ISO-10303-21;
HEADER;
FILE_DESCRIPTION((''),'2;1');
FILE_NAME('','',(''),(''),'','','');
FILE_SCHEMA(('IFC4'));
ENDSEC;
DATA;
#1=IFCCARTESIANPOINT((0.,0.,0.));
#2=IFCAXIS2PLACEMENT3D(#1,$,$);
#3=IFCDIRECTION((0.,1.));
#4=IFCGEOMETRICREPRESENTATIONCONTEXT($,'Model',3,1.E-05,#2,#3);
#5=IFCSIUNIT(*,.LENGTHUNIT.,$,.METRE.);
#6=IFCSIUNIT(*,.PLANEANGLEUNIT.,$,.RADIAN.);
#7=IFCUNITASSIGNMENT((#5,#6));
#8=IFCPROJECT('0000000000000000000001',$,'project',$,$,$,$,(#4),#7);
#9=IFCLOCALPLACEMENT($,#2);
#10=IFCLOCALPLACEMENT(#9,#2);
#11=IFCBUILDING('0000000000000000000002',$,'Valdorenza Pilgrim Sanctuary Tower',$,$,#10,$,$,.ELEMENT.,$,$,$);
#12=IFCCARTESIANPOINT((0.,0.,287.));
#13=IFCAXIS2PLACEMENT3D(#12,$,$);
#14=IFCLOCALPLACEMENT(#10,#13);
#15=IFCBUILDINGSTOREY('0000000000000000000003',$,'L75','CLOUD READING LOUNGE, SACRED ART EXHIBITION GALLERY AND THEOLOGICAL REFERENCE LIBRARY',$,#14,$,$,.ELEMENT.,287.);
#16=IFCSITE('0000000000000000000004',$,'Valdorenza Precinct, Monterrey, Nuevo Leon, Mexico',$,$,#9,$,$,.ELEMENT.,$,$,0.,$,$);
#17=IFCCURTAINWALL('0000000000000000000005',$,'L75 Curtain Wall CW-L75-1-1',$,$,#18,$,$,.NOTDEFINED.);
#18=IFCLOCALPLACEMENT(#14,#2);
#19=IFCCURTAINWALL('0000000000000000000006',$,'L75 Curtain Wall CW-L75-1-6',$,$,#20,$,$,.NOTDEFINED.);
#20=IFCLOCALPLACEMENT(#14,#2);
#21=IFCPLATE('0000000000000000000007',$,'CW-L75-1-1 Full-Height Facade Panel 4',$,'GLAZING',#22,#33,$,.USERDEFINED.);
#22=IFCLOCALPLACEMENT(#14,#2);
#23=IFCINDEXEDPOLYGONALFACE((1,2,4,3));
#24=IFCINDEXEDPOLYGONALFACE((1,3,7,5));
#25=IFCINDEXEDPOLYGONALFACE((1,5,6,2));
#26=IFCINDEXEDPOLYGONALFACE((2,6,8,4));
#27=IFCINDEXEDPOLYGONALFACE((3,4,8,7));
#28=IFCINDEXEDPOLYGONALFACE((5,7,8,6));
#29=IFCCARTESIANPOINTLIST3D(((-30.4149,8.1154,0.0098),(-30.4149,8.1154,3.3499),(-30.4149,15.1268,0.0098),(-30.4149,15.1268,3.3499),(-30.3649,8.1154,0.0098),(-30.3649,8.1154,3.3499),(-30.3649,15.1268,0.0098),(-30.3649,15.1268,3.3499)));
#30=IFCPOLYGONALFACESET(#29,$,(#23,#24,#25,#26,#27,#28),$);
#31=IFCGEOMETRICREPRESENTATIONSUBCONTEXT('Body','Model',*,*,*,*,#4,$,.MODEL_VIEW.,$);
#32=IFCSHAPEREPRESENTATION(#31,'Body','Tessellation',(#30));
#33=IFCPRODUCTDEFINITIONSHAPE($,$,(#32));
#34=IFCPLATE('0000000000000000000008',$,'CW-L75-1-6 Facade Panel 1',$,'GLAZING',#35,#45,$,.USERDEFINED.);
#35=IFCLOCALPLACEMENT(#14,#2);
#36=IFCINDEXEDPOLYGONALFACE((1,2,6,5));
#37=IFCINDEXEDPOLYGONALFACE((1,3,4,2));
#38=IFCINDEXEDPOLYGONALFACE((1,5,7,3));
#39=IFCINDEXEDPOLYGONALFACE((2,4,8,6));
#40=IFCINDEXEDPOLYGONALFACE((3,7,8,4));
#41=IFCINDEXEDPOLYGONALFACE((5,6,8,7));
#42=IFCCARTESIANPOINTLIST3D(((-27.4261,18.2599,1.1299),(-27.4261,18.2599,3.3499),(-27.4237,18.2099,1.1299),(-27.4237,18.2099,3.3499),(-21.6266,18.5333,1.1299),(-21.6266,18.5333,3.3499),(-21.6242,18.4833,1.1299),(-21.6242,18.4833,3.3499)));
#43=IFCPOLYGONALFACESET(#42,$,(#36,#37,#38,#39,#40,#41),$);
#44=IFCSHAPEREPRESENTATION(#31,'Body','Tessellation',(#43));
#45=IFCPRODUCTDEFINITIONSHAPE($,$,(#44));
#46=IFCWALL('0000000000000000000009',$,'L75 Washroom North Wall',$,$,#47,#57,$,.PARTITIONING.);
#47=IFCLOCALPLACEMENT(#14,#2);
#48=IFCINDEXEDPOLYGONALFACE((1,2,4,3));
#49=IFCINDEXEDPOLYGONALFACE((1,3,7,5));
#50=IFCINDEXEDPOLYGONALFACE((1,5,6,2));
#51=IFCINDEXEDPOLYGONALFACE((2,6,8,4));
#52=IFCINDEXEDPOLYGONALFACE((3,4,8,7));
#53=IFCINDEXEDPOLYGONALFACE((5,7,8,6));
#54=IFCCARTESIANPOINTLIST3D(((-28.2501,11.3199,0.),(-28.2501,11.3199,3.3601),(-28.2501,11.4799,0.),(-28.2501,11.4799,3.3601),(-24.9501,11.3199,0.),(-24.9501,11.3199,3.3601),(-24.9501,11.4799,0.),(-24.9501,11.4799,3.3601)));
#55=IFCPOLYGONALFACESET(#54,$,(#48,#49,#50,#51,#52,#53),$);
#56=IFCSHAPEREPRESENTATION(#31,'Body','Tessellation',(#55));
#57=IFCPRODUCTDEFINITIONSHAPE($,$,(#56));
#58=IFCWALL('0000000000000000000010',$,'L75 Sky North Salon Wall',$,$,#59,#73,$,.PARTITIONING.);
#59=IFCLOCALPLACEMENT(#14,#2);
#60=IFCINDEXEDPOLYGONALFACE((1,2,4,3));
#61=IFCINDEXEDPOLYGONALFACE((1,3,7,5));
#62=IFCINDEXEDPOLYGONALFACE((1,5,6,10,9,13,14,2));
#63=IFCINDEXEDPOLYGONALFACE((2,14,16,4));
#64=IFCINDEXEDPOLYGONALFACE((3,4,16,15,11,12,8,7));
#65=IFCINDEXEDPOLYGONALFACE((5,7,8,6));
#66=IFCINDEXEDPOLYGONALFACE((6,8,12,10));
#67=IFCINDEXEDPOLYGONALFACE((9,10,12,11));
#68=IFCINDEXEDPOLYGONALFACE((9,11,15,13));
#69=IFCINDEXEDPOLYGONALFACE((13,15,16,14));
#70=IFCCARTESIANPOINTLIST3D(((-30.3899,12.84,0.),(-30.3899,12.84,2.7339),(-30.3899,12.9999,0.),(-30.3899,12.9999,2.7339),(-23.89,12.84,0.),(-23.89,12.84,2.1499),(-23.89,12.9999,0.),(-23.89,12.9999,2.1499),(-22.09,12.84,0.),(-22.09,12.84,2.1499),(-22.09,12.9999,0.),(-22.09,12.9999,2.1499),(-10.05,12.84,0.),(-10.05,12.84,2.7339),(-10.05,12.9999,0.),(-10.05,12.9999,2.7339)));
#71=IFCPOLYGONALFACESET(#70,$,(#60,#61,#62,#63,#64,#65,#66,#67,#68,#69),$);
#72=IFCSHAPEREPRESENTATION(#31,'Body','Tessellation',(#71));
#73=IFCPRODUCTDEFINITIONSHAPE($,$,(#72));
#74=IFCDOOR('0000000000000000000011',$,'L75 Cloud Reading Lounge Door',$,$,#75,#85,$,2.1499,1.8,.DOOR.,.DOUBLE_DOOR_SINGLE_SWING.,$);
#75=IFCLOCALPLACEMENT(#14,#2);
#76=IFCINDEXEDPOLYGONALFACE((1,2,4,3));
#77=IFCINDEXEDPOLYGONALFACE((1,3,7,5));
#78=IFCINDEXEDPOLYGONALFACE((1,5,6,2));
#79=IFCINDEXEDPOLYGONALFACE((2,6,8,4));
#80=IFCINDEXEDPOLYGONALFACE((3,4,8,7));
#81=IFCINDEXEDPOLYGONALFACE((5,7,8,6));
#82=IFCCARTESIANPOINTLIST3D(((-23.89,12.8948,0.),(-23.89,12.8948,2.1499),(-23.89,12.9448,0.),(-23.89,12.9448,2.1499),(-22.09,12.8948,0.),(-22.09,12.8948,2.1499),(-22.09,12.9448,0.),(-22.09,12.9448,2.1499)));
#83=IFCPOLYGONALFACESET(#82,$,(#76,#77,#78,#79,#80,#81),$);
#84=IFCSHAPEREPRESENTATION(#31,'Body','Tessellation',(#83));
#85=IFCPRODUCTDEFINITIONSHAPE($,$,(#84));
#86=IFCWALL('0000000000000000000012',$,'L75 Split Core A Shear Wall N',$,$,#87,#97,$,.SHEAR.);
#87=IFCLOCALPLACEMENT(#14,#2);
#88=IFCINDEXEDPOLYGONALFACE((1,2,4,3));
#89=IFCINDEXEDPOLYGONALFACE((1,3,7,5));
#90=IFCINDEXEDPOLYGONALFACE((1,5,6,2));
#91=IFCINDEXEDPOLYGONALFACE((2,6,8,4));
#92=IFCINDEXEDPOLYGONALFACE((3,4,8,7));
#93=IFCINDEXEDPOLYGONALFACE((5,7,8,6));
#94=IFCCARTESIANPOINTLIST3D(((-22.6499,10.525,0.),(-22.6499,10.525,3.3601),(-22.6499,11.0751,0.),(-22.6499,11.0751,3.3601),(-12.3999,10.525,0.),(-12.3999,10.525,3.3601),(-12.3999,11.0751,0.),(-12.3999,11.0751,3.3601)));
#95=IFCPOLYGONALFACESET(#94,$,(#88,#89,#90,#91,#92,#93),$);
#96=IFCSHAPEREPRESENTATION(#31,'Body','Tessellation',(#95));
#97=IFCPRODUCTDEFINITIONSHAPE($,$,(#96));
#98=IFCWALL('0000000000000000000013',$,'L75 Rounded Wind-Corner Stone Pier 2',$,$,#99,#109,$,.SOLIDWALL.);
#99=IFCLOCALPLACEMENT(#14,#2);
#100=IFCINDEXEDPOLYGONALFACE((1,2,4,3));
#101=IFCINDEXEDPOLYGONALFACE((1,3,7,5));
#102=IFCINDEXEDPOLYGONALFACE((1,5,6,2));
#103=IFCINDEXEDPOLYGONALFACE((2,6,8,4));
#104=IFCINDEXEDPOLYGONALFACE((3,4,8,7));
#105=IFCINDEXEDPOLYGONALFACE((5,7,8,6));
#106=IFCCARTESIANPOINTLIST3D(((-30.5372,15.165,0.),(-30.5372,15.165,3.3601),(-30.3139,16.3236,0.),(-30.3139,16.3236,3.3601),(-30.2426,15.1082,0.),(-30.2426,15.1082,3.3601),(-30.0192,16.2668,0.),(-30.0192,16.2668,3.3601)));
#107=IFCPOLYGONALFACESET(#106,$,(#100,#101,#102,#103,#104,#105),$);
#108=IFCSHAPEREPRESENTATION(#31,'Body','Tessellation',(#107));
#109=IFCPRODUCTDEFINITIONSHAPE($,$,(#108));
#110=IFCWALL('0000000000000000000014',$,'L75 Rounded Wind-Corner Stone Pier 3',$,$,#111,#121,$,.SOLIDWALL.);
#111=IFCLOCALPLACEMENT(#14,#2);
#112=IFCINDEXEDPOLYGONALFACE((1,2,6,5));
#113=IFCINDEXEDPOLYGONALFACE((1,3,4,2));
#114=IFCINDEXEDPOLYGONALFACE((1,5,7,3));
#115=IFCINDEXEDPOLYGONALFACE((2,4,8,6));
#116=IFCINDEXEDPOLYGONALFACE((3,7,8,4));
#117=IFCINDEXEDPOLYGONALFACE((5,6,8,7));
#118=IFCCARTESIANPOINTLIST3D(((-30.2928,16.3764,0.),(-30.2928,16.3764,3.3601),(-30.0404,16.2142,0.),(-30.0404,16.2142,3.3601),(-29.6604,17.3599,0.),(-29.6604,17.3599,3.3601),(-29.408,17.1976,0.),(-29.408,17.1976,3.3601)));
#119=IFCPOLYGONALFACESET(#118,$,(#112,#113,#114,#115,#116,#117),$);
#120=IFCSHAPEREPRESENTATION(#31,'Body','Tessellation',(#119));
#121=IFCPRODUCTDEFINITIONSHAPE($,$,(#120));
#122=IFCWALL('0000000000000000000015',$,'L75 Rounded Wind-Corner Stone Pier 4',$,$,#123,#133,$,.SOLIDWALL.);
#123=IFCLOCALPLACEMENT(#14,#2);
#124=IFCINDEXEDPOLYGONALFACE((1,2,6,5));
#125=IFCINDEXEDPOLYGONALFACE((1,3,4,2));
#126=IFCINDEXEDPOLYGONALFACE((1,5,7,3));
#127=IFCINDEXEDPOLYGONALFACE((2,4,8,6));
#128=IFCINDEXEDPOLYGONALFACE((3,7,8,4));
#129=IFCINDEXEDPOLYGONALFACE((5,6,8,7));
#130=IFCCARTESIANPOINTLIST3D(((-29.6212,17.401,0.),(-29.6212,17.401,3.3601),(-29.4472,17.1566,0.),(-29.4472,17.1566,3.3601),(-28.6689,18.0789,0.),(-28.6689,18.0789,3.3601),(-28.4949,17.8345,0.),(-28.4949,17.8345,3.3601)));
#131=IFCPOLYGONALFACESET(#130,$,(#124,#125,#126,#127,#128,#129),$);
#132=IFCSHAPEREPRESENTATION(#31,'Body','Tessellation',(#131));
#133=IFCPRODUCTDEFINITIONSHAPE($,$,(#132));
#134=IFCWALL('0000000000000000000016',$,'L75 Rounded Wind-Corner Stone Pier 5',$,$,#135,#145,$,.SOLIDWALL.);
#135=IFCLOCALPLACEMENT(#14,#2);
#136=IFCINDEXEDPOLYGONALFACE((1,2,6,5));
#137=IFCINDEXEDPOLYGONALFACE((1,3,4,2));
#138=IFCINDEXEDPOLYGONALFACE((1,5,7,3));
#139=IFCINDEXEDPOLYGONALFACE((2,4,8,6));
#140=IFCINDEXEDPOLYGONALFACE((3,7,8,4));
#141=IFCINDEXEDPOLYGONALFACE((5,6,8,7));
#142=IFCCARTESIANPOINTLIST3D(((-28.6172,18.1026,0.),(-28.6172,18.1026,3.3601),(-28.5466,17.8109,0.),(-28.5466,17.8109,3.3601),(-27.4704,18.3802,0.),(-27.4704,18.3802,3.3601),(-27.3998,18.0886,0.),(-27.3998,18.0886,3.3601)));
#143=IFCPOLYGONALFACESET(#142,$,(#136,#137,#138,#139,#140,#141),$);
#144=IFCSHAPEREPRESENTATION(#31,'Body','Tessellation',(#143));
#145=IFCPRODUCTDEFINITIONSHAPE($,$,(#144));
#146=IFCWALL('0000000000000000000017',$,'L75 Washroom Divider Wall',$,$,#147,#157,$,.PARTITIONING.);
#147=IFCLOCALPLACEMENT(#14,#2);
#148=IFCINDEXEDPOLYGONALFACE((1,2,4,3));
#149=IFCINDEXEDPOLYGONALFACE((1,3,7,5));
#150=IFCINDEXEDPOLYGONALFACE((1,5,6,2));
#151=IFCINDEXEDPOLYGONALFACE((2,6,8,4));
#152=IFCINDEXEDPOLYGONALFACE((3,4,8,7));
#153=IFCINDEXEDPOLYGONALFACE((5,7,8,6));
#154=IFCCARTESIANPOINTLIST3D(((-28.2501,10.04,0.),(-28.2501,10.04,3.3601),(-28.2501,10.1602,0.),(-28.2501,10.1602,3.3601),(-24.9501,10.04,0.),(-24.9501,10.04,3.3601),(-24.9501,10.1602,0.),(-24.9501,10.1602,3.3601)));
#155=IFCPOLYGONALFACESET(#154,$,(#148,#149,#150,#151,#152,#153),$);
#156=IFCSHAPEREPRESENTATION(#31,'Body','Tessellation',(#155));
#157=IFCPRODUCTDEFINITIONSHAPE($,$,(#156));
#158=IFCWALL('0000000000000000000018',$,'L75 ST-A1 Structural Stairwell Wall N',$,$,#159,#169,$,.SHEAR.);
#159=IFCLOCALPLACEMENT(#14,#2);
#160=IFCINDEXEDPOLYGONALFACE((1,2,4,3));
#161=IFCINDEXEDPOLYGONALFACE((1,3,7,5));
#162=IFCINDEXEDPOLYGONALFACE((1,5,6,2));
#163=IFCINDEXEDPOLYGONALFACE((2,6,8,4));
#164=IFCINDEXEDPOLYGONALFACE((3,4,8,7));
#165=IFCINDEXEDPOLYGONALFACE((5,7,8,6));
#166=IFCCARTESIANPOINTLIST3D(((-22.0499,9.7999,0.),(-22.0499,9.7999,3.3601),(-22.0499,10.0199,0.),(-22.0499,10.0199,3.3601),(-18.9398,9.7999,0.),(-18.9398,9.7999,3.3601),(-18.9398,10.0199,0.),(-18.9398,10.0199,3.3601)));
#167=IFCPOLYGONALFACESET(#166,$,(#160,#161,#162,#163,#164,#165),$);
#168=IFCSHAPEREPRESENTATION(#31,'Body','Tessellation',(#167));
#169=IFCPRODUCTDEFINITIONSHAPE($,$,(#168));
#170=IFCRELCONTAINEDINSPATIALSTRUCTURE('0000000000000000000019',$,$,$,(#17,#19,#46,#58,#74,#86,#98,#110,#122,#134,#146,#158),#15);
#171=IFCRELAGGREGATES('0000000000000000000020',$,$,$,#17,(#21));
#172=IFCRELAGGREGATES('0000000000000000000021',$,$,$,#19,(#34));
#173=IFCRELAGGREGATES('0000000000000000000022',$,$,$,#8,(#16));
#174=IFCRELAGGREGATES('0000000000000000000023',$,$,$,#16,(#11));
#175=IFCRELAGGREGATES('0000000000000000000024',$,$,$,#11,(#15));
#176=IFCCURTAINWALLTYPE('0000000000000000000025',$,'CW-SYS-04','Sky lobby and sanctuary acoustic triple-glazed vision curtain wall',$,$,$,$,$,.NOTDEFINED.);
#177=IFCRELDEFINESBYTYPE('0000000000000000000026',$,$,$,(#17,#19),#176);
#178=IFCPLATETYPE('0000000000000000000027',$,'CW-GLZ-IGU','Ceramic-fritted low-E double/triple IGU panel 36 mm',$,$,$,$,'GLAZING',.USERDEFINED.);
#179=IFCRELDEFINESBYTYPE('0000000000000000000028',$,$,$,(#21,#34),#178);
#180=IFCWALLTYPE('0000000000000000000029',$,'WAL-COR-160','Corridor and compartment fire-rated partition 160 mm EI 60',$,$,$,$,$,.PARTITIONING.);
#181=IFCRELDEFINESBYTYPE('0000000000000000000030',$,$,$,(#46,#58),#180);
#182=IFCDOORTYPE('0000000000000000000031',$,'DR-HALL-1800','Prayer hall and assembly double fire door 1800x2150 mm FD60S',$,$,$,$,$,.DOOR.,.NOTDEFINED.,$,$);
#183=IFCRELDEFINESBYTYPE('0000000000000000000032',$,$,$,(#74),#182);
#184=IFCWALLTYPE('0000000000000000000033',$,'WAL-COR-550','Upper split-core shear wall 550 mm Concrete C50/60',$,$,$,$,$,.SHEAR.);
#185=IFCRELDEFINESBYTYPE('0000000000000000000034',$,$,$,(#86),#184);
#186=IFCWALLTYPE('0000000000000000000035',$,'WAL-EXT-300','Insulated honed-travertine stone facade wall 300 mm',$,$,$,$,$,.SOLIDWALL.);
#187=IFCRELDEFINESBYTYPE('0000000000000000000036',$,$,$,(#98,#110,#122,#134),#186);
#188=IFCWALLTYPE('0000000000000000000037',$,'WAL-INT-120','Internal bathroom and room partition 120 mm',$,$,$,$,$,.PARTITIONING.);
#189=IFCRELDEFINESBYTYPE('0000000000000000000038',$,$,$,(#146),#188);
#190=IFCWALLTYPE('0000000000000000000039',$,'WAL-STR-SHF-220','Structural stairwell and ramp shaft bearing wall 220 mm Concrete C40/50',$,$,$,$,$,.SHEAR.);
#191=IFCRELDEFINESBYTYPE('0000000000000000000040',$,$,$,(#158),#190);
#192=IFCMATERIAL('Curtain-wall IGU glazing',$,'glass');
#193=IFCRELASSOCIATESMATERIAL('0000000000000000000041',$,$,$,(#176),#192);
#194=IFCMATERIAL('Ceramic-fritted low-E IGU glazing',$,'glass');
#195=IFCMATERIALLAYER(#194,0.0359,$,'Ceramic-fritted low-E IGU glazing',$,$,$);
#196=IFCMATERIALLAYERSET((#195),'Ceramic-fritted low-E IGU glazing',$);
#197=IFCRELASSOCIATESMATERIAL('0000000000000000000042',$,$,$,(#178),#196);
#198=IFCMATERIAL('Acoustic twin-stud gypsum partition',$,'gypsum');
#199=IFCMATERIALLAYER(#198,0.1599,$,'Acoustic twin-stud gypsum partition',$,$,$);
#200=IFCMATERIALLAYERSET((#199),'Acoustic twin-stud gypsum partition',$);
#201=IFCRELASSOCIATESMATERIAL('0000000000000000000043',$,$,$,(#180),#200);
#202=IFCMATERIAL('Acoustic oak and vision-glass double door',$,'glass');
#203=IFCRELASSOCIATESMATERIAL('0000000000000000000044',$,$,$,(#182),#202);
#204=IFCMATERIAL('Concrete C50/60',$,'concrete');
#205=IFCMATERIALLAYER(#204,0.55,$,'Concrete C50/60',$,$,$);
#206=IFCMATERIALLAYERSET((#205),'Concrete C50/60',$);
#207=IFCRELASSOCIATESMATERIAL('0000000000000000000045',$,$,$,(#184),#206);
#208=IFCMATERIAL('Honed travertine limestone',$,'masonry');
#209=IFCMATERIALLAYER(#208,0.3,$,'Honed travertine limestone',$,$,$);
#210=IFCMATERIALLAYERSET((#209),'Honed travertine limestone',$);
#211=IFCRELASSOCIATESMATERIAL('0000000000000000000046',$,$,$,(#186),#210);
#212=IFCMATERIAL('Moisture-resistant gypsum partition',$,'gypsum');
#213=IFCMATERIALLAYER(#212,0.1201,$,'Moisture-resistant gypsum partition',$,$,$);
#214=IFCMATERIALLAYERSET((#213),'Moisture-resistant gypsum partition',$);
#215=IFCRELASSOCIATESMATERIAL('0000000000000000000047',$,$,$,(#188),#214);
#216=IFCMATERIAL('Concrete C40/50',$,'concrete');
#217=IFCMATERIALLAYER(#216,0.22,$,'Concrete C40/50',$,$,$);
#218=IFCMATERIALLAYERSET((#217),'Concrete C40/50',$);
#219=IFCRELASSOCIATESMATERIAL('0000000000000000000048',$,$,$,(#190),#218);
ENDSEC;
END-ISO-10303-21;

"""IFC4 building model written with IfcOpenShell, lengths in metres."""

from ifc_helpers import new_model, si_unit, direction, frame, frame_2d, origin, origin_2d, place, context, subcontext, project, spatial, rectangle, extrude, source, transform, mapped, material, layer, layer_set, type_object, element, fill, aggregate, save


model = new_model("IFC4")

# Units and contexts
model_context = context("Model", 3, precision=1e-05, world=origin(), true_north=direction((0.0, 1.0)))
body_context = subcontext(model_context, "Body", "Model", "MODEL_VIEW")
ifc_project = project(units=[si_unit("LENGTHUNIT", "METRE"), si_unit("PLANEANGLEUNIT", "RADIAN")], contexts=[model_context])

# Site, building, storey
site_placement = place(None, origin())
site = spatial("IfcSite", under=ifc_project, at=site_placement, Name="Valdorenza Precinct, Monterrey, Nuevo Leon, Mexico", CompositionType="ELEMENT", RefElevation=0.0)
building_placement = place(site_placement, origin())
building = spatial("IfcBuilding", under=site, at=building_placement, Name="Valdorenza Pilgrim Sanctuary Tower", CompositionType="ELEMENT")
storey_placement = place(building_placement, frame((0.0, 0.0, 287.0)))
storey = spatial("IfcBuildingStorey", under=building, at=storey_placement, Name="L75", Description="CLOUD READING LOUNGE, SACRED ART EXHIBITION GALLERY AND THEOLOGICAL REFERENCE LIBRARY", CompositionType="ELEMENT", Elevation=287.0)

# Shared definitions
ifc_material_1 = material(Name="Concrete C50/60", Category="concrete")

# Curtain wall
ifc_material_2 = material(Name="Curtain-wall IGU glazing", Category="glass")
curtain_wall_type = type_object("IfcCurtainWallType", Name="CW-SYS-04", Description="Sky lobby and sanctuary acoustic triple-glazed vision curtain wall", PredefinedType="NOTDEFINED", material=ifc_material_2)
curtain_wall_1_placement = place(storey_placement, origin())
curtain_wall_1 = element("IfcCurtainWall", 1, at=curtain_wall_1_placement, inside=storey, type_object=curtain_wall_type, Name="L75 Curtain Wall CW-L75-1-1", PredefinedType="NOTDEFINED")

# Curtain wall
curtain_wall_2_placement = place(storey_placement, origin())
curtain_wall_2 = element("IfcCurtainWall", 2, at=curtain_wall_2_placement, inside=storey, type_object=curtain_wall_type, Name="L75 Curtain Wall CW-L75-1-6", PredefinedType="NOTDEFINED")
ifc_material_3 = material(Name="Honed travertine limestone", Category="masonry")

# Plates
ifc_material_4 = material(Name="Ceramic-fritted low-E IGU glazing", Category="glass")
ifc_layer_1 = layer(ifc_material_4, 0.0359, Name="Ceramic-fritted low-E IGU glazing")
ifc_layer_set_1 = layer_set([ifc_layer_1], Name="Ceramic-fritted low-E IGU glazing")
plate_type_1 = type_object("IfcPlateType", Name="CW-GLZ-IGU", Description="Ceramic-fritted low-E double/triple IGU panel 36 mm", ElementType="GLAZING", PredefinedType="USERDEFINED", material=ifc_layer_set_1)
shared_shape_1 = source(origin(), body_context, "Body", "SweptSolid", [
    extrude(rectangle(XDim=7.0115, YDim=0.05, at=origin_2d()), origin(), (0.0, 0.0, 1.0), 3.3401),
])
plate_1_placement = place(storey_placement, frame((-30.3899, 11.6211, 0.0098), z_axis=(0.0, 0.0, 1.0), x_axis=(0.0, 1.0, 0.0)))
plate_1 = element("IfcPlate", 3, at=plate_1_placement, type_object=plate_type_1, Name="CW-L75-1-1 Full-Height Facade Panel 4", ObjectType="GLAZING", PredefinedType="USERDEFINED", context=body_context, shape_type="MappedRepresentation", body=[
    mapped(shared_shape_1, transform((0.0, 0.0, 0.0), x_axis=(1.0, 0.0, 0.0), y_axis=(0.0, 1.0, 0.0), z_axis=(0.0, 0.0, 1.0), scale=1.0)),
])
aggregate(curtain_wall_1, [plate_1])
shared_shape_2 = source(origin(), body_context, "Body", "SweptSolid", [
    extrude(rectangle(XDim=5.8059, YDim=0.05, at=origin_2d()), origin(), (0.0, 0.0, 1.0), 2.22),
])
plate_2_placement = place(storey_placement, frame((-24.5251, 18.3716, 1.1299), z_axis=(0.0, 0.0, 1.0), x_axis=(0.998891, 0.047089, 0.0)))
plate_2 = element("IfcPlate", 4, at=plate_2_placement, type_object=plate_type_1, Name="CW-L75-1-6 Facade Panel 1", ObjectType="GLAZING", PredefinedType="USERDEFINED", context=body_context, shape_type="MappedRepresentation", body=[
    mapped(shared_shape_2, transform((0.0, 0.0, 0.0), x_axis=(1.0, 0.0, 0.0), y_axis=(0.0, 1.0, 0.0), z_axis=(0.0, 0.0, 1.0), scale=1.0)),
])
aggregate(curtain_wall_2, [plate_2])

# Wall
ifc_material_5 = material(Name="Acoustic twin-stud gypsum partition", Category="gypsum")
ifc_layer_2 = layer(ifc_material_5, 0.1599, Name="Acoustic twin-stud gypsum partition")
ifc_layer_set_2 = layer_set([ifc_layer_2], Name="Acoustic twin-stud gypsum partition")
wall_type_1 = type_object("IfcWallType", Name="WAL-COR-160", Description="Corridor and compartment fire-rated partition 160 mm EI 60", PredefinedType="PARTITIONING", material=ifc_layer_set_2)
wall_1_placement = place(storey_placement, frame((-28.25, 11.3999, 0.0), z_axis=(0.0, 0.0, 1.0), x_axis=(1.0, 0.0, 0.0)))
element("IfcWall", 5, at=wall_1_placement, inside=storey, type_object=wall_type_1, Name="L75 Washroom North Wall", PredefinedType="PARTITIONING", context=body_context, shape_type="SweptSolid", body=[
    extrude(rectangle(XDim=3.3, YDim=0.1599, at=frame_2d((1.6499, 0.0))), origin(), (0.0, 0.0, 1.0), 3.3601),
])

# Wall, opening, door
wall_2_placement = place(storey_placement, frame((-30.3899, 12.9199, 0.0), z_axis=(0.0, 0.0, 1.0), x_axis=(1.0, 0.0, 0.0)))
wall_2 = element("IfcWall", 6, at=wall_2_placement, inside=storey, type_object=wall_type_1, Name="L75 Sky North Salon Wall", PredefinedType="PARTITIONING", context=body_context, shape_type="SweptSolid", body=[
    extrude(rectangle(XDim=20.3398, YDim=0.1599, at=frame_2d((10.1699, 0.0))), origin(), (0.0, 0.0, 1.0), 2.7339),
])
opening_placement = place(wall_2_placement, frame((6.5, 0.0, 0.0)))
opening = element("IfcOpeningElement", 7, at=opening_placement, cuts=wall_2, PredefinedType="OPENING", context=body_context, shape_type="SweptSolid", body=[
    extrude(rectangle(XDim=1.8, YDim=2.1499, at=frame_2d((0.8999, 1.075))), frame((0.0, 0.0947, 0.0), z_axis=(0.0, -1.0, 0.0), x_axis=(1.0, 0.0, 0.0)), (0.0, 0.0, 1.0), 0.1897),
])
ifc_material_6 = material(Name="Acoustic oak and vision-glass double door", Category="glass")
door_type = type_object("IfcDoorType", Name="DR-HALL-1800", Description="Prayer hall and assembly double fire door 1800x2150 mm FD60S", OperationType="NOTDEFINED", PredefinedType="DOOR", material=ifc_material_6)
door_placement = place(opening_placement, origin())
door = element("IfcDoor", 8, at=door_placement, inside=storey, type_object=door_type, Name="L75 Cloud Reading Lounge Door", OperationType="DOUBLE_DOOR_SINGLE_SWING", OverallHeight=2.1499, OverallWidth=1.8, PredefinedType="DOOR", context=body_context, shape_type="SweptSolid", body=[
    extrude(rectangle(XDim=1.8, YDim=2.1499, at=frame_2d((0.8999, 1.075))), frame((0.0, 0.0249, 0.0), z_axis=(0.0, -1.0, 0.0), x_axis=(1.0, 0.0, 0.0)), (0.0, 0.0, 1.0), 0.05),
])
fill(opening, door)

# Walls
ifc_layer_3 = layer(ifc_material_1, 0.55, Name="Concrete C50/60")
ifc_layer_set_3 = layer_set([ifc_layer_3], Name="Concrete C50/60")
wall_type_2 = type_object("IfcWallType", Name="WAL-COR-550", Description="Upper split-core shear wall 550 mm Concrete C50/60", PredefinedType="SHEAR", material=ifc_layer_set_3)
wall_3_placement = place(storey_placement, frame((-22.6499, 10.8, 0.0), z_axis=(0.0, 0.0, 1.0), x_axis=(1.0, 0.0, 0.0)))
element("IfcWall", 9, at=wall_3_placement, inside=storey, type_object=wall_type_2, Name="L75 Split Core A Shear Wall N", PredefinedType="SHEAR", context=body_context, shape_type="SweptSolid", body=[
    extrude(rectangle(XDim=10.25, YDim=0.55, at=frame_2d((5.125, 0.0))), origin(), (0.0, 0.0, 1.0), 3.3601),
])
ifc_layer_4 = layer(ifc_material_3, 0.3, Name="Honed travertine limestone")
ifc_layer_set_4 = layer_set([ifc_layer_4], Name="Honed travertine limestone")
wall_type_3 = type_object("IfcWallType", Name="WAL-EXT-300", Description="Insulated honed-travertine stone facade wall 300 mm", PredefinedType="SOLIDWALL", material=ifc_layer_set_4)
wall_4_placement = place(storey_placement, frame((-30.3899, 15.1367, 0.0), z_axis=(0.0, 0.0, 1.0), x_axis=(0.189308, 0.981918, 0.0)))
element("IfcWall", 10, at=wall_4_placement, inside=storey, type_object=wall_type_3, Name="L75 Rounded Wind-Corner Stone Pier 2", PredefinedType="SOLIDWALL", context=body_context, shape_type="SweptSolid", body=[
    extrude(rectangle(XDim=1.1799, YDim=0.3, at=frame_2d((0.5898, 0.0))), origin(), (0.0, 0.0, 1.0), 3.3601),
])
wall_5_placement = place(storey_placement, frame((-30.1665, 16.2954, 0.0), z_axis=(0.0, 0.0, 1.0), x_axis=(0.540842, 0.841124, 0.0)))
element("IfcWall", 11, at=wall_5_placement, inside=storey, type_object=wall_type_3, Name="L75 Rounded Wind-Corner Stone Pier 3", PredefinedType="SOLIDWALL", context=body_context, shape_type="SweptSolid", body=[
    extrude(rectangle(XDim=1.1692, YDim=0.3, at=frame_2d((0.5845, 0.0))), origin(), (0.0, 0.0, 1.0), 3.3601),
])
wall_6_placement = place(storey_placement, frame((-29.5342, 17.2788, 0.0), z_axis=(0.0, 0.0, 1.0), x_axis=(0.814664, 0.579934, 0.0)))
element("IfcWall", 12, at=wall_6_placement, inside=storey, type_object=wall_type_3, Name="L75 Rounded Wind-Corner Stone Pier 4", PredefinedType="SOLIDWALL", context=body_context, shape_type="SweptSolid", body=[
    extrude(rectangle(XDim=1.1689, YDim=0.3, at=frame_2d((0.5845, 0.0))), origin(), (0.0, 0.0, 1.0), 3.3601),
])
wall_7_placement = place(storey_placement, frame((-28.5818, 17.9568, 0.0), z_axis=(0.0, 0.0, 1.0), x_axis=(0.971929, 0.235274, 0.0)))
element("IfcWall", 13, at=wall_7_placement, inside=storey, type_object=wall_type_3, Name="L75 Rounded Wind-Corner Stone Pier 5", PredefinedType="SOLIDWALL", context=body_context, shape_type="SweptSolid", body=[
    extrude(rectangle(XDim=1.1799, YDim=0.3, at=frame_2d((0.5898, 0.0))), origin(), (0.0, 0.0, 1.0), 3.3601),
])
ifc_material_7 = material(Name="Moisture-resistant gypsum partition", Category="gypsum")
ifc_layer_5 = layer(ifc_material_7, 0.1201, Name="Moisture-resistant gypsum partition")
ifc_layer_set_5 = layer_set([ifc_layer_5], Name="Moisture-resistant gypsum partition")
wall_type_4 = type_object("IfcWallType", Name="WAL-INT-120", Description="Internal bathroom and room partition 120 mm", PredefinedType="PARTITIONING", material=ifc_layer_set_5)
wall_8_placement = place(storey_placement, frame((-28.25, 10.1001, 0.0), z_axis=(0.0, 0.0, 1.0), x_axis=(1.0, 0.0, 0.0)))
element("IfcWall", 14, at=wall_8_placement, inside=storey, type_object=wall_type_4, Name="L75 Washroom Divider Wall", PredefinedType="PARTITIONING", context=body_context, shape_type="SweptSolid", body=[
    extrude(rectangle(XDim=3.3, YDim=0.1201, at=frame_2d((1.6499, 0.0))), origin(), (0.0, 0.0, 1.0), 3.3601),
])
ifc_material_8 = material(Name="Concrete C40/50", Category="concrete")
ifc_layer_6 = layer(ifc_material_8, 0.22, Name="Concrete C40/50")
ifc_layer_set_6 = layer_set([ifc_layer_6], Name="Concrete C40/50")
wall_type_5 = type_object("IfcWallType", Name="WAL-STR-SHF-220", Description="Structural stairwell and ramp shaft bearing wall 220 mm Concrete C40/50", PredefinedType="SHEAR", material=ifc_layer_set_6)
wall_9_placement = place(storey_placement, frame((-22.05, 9.9099, 0.0), z_axis=(0.0, 0.0, 1.0), x_axis=(1.0, 0.0, 0.0)))
element("IfcWall", 15, at=wall_9_placement, inside=storey, type_object=wall_type_5, Name="L75 ST-A1 Structural Stairwell Wall N", PredefinedType="SHEAR", context=body_context, shape_type="SweptSolid", body=[
    extrude(rectangle(XDim=3.1101, YDim=0.22, at=frame_2d((1.5552, 0.0))), origin(), (0.0, 0.0, 1.0), 3.3601),
])

save(model, "model.ifc")
